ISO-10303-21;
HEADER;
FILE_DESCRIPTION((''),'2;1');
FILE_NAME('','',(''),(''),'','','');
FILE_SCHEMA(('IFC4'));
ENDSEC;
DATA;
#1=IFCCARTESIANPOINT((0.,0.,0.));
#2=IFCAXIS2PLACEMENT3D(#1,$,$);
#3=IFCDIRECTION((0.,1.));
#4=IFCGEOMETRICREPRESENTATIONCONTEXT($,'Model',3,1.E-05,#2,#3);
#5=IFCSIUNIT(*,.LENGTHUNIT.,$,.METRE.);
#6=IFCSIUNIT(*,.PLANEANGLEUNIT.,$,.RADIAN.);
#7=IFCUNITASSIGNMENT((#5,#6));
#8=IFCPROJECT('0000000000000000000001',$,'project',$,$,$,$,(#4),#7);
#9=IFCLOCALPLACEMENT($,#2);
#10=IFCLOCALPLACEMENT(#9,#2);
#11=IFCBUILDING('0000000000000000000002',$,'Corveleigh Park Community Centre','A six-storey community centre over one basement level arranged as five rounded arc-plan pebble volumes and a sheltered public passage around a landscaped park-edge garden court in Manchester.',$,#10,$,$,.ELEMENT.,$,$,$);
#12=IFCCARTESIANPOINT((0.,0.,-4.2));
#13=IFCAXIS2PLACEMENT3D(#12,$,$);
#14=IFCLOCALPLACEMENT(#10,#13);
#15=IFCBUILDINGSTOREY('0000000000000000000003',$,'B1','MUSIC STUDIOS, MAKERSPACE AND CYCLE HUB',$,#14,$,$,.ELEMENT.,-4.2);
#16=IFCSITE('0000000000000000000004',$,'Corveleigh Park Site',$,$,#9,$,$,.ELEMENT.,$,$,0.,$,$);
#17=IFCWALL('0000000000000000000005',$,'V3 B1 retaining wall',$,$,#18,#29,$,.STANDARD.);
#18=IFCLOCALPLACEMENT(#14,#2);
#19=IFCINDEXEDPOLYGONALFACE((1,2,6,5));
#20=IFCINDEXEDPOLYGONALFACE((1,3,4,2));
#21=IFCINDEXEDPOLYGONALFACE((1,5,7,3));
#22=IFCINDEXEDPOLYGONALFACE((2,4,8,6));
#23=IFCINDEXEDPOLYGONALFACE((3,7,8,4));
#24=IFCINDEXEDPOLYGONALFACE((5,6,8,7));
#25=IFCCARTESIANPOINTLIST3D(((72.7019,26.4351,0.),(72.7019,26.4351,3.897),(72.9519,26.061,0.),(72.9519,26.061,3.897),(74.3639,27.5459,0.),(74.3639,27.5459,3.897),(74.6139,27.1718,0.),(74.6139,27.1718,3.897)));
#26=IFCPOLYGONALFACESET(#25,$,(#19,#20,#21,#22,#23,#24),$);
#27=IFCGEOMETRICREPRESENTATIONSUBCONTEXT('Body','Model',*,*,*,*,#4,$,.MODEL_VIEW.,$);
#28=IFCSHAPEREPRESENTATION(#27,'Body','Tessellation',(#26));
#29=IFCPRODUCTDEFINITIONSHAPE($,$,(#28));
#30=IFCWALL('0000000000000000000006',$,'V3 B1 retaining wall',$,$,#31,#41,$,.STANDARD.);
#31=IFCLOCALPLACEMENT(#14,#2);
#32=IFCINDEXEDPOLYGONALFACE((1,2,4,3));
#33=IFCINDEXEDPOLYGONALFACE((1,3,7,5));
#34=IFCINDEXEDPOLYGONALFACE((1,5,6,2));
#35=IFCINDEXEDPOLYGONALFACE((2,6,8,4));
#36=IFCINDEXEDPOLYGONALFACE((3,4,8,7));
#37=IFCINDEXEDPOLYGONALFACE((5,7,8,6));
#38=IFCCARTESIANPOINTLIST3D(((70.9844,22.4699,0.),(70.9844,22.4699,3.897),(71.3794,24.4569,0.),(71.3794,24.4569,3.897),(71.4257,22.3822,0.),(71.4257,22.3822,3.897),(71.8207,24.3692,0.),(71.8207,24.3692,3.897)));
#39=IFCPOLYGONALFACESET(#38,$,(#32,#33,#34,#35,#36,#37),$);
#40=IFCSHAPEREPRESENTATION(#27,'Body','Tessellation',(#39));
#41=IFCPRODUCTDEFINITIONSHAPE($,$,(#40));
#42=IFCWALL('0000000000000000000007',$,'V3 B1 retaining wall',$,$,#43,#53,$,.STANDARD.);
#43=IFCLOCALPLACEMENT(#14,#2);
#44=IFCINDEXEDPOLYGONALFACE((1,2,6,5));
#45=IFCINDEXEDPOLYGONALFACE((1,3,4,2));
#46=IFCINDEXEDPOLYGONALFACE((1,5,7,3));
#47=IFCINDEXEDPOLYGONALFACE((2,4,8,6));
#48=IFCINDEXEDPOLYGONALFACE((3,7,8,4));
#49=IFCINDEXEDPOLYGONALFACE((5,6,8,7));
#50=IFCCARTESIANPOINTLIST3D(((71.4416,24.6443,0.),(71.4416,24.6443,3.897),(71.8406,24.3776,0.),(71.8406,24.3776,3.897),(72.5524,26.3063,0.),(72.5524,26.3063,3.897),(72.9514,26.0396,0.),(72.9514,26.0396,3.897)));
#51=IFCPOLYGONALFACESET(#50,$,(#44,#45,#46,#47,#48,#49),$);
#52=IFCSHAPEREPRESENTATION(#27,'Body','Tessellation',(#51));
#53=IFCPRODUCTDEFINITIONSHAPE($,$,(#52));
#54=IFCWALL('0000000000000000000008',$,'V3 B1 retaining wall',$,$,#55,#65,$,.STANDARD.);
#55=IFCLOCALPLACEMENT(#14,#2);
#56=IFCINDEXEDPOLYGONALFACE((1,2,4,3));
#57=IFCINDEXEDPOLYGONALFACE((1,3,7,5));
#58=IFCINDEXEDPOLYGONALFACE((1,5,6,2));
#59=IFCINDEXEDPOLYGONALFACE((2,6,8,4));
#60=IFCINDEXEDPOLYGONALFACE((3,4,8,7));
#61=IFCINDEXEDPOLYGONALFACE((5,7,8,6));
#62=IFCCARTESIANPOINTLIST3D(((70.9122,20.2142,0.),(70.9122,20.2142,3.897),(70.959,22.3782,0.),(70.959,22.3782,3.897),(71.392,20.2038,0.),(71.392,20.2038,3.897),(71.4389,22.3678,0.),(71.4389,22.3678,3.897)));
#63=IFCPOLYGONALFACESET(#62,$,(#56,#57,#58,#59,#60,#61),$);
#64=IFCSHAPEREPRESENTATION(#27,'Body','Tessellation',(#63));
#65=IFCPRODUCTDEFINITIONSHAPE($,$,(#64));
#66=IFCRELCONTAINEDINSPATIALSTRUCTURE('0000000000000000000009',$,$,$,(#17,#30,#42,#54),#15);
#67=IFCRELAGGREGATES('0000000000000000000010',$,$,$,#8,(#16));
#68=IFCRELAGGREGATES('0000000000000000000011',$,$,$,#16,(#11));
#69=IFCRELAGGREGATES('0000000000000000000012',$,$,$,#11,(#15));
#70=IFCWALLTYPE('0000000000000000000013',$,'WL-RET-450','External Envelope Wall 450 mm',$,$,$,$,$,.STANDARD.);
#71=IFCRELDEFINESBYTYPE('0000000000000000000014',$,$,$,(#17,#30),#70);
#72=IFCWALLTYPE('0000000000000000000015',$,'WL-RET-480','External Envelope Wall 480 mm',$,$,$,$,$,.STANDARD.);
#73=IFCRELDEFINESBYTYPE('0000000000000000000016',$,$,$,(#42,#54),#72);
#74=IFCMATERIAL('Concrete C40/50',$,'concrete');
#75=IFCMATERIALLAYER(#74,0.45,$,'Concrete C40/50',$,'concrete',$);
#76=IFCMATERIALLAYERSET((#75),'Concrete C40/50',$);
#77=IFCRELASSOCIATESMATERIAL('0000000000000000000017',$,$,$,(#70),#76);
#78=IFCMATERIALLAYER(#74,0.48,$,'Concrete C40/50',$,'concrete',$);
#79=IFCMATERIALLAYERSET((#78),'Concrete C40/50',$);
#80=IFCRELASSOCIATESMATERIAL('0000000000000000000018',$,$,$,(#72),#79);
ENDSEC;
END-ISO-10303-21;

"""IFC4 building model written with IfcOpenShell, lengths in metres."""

from ifc_helpers import new_model, si_unit, direction, frame, frame_2d, origin, place, context, subcontext, project, spatial, rectangle, extrude, material, layer, layer_set, type_object, element, save


model = new_model("IFC4")

# Units and contexts
model_context = context("Model", 3, precision=1e-05, world=origin(), true_north=direction((0.0, 1.0)))
body_context = subcontext(model_context, "Body", "Model", "MODEL_VIEW")
ifc_project = project(units=[si_unit("LENGTHUNIT", "METRE"), si_unit("PLANEANGLEUNIT", "RADIAN")], contexts=[model_context])

# Site, building, storey
site_placement = place(None, origin())
site = spatial("IfcSite", under=ifc_project, at=site_placement, Name="Corveleigh Park Site", CompositionType="ELEMENT", RefElevation=0.0)
building_placement = place(site_placement, origin())
building = spatial("IfcBuilding", under=site, at=building_placement, Name="Corveleigh Park Community Centre", Description="A six-storey community centre over one basement level arranged as five rounded arc-plan pebble volumes and a sheltered public passage around a landscaped park-edge garden court in Manchester.", CompositionType="ELEMENT")
storey_placement = place(building_placement, frame((0.0, 0.0, -4.2)))
storey = spatial("IfcBuildingStorey", under=building, at=storey_placement, Name="B1", Description="MUSIC STUDIOS, MAKERSPACE AND CYCLE HUB", CompositionType="ELEMENT", Elevation=-4.2)

# Shared definitions
ifc_material_1 = material(Name="Concrete C40/50", Category="concrete")

# Walls
ifc_layer_1 = layer(ifc_material_1, 0.45, Name="Concrete C40/50", Category="concrete")
ifc_layer_set_1 = layer_set([ifc_layer_1], Name="Concrete C40/50")
wall_type_1 = type_object("IfcWallType", Name="WL-RET-450", Description="External Envelope Wall 450 mm", PredefinedType="STANDARD", material=ifc_layer_set_1)
wall_1_placement = place(storey_placement, frame((72.8269, 26.248, 0.0), z_axis=(0.0, 0.0, 1.0), x_axis=(0.831411, 0.555658, 0.0)))
element("IfcWall", 1, at=wall_1_placement, inside=storey, type_object=wall_type_1, Name="V3 B1 retaining wall", PredefinedType="STANDARD", context=body_context, shape_type="SweptSolid", body=[
    extrude(rectangle(XDim=1.999, YDim=0.45, at=frame_2d((0.9995, 0.0))), origin(), (0.0, 0.0, 1.0), 3.897),
])
wall_2_placement = place(storey_placement, frame((71.2051, 22.426, 0.0), z_axis=(0.0, 0.0, 1.0), x_axis=(0.19498, 0.980807, 0.0)))
element("IfcWall", 2, at=wall_2_placement, inside=storey, type_object=wall_type_1, Name="V3 B1 retaining wall", PredefinedType="STANDARD", context=body_context, shape_type="SweptSolid", body=[
    extrude(rectangle(XDim=2.0259, YDim=0.45, at=frame_2d((1.0129, 0.0))), origin(), (0.0, 0.0, 1.0), 3.897),
])
ifc_layer_2 = layer(ifc_material_1, 0.48, Name="Concrete C40/50", Category="concrete")
ifc_layer_set_2 = layer_set([ifc_layer_2], Name="Concrete C40/50")
wall_type_2 = type_object("IfcWallType", Name="WL-RET-480", Description="External Envelope Wall 480 mm", PredefinedType="STANDARD", material=ifc_layer_set_2)
wall_3_placement = place(storey_placement, frame((71.6411, 24.511, 0.0), z_axis=(0.0, 0.0, 1.0), x_axis=(0.555658, 0.831411, 0.0)))
element("IfcWall", 3, at=wall_3_placement, inside=storey, type_object=wall_type_2, Name="V3 B1 retaining wall", PredefinedType="STANDARD", context=body_context, shape_type="SweptSolid", body=[
    extrude(rectangle(XDim=1.999, YDim=0.48, at=frame_2d((0.9995, 0.0))), origin(), (0.0, 0.0, 1.0), 3.897),
])
wall_4_placement = place(storey_placement, frame((71.1521, 20.209, 0.0), z_axis=(0.0, 0.0, 1.0), x_axis=(0.021656, 0.999765, 0.0)))
element("IfcWall", 4, at=wall_4_placement, inside=storey, type_object=wall_type_2, Name="V3 B1 retaining wall", PredefinedType="STANDARD", context=body_context, shape_type="SweptSolid", body=[
    extrude(rectangle(XDim=2.1646, YDim=0.48, at=frame_2d((1.0823, 0.0))), origin(), (0.0, 0.0, 1.0), 3.897),
])

save(model, "model.ifc")
